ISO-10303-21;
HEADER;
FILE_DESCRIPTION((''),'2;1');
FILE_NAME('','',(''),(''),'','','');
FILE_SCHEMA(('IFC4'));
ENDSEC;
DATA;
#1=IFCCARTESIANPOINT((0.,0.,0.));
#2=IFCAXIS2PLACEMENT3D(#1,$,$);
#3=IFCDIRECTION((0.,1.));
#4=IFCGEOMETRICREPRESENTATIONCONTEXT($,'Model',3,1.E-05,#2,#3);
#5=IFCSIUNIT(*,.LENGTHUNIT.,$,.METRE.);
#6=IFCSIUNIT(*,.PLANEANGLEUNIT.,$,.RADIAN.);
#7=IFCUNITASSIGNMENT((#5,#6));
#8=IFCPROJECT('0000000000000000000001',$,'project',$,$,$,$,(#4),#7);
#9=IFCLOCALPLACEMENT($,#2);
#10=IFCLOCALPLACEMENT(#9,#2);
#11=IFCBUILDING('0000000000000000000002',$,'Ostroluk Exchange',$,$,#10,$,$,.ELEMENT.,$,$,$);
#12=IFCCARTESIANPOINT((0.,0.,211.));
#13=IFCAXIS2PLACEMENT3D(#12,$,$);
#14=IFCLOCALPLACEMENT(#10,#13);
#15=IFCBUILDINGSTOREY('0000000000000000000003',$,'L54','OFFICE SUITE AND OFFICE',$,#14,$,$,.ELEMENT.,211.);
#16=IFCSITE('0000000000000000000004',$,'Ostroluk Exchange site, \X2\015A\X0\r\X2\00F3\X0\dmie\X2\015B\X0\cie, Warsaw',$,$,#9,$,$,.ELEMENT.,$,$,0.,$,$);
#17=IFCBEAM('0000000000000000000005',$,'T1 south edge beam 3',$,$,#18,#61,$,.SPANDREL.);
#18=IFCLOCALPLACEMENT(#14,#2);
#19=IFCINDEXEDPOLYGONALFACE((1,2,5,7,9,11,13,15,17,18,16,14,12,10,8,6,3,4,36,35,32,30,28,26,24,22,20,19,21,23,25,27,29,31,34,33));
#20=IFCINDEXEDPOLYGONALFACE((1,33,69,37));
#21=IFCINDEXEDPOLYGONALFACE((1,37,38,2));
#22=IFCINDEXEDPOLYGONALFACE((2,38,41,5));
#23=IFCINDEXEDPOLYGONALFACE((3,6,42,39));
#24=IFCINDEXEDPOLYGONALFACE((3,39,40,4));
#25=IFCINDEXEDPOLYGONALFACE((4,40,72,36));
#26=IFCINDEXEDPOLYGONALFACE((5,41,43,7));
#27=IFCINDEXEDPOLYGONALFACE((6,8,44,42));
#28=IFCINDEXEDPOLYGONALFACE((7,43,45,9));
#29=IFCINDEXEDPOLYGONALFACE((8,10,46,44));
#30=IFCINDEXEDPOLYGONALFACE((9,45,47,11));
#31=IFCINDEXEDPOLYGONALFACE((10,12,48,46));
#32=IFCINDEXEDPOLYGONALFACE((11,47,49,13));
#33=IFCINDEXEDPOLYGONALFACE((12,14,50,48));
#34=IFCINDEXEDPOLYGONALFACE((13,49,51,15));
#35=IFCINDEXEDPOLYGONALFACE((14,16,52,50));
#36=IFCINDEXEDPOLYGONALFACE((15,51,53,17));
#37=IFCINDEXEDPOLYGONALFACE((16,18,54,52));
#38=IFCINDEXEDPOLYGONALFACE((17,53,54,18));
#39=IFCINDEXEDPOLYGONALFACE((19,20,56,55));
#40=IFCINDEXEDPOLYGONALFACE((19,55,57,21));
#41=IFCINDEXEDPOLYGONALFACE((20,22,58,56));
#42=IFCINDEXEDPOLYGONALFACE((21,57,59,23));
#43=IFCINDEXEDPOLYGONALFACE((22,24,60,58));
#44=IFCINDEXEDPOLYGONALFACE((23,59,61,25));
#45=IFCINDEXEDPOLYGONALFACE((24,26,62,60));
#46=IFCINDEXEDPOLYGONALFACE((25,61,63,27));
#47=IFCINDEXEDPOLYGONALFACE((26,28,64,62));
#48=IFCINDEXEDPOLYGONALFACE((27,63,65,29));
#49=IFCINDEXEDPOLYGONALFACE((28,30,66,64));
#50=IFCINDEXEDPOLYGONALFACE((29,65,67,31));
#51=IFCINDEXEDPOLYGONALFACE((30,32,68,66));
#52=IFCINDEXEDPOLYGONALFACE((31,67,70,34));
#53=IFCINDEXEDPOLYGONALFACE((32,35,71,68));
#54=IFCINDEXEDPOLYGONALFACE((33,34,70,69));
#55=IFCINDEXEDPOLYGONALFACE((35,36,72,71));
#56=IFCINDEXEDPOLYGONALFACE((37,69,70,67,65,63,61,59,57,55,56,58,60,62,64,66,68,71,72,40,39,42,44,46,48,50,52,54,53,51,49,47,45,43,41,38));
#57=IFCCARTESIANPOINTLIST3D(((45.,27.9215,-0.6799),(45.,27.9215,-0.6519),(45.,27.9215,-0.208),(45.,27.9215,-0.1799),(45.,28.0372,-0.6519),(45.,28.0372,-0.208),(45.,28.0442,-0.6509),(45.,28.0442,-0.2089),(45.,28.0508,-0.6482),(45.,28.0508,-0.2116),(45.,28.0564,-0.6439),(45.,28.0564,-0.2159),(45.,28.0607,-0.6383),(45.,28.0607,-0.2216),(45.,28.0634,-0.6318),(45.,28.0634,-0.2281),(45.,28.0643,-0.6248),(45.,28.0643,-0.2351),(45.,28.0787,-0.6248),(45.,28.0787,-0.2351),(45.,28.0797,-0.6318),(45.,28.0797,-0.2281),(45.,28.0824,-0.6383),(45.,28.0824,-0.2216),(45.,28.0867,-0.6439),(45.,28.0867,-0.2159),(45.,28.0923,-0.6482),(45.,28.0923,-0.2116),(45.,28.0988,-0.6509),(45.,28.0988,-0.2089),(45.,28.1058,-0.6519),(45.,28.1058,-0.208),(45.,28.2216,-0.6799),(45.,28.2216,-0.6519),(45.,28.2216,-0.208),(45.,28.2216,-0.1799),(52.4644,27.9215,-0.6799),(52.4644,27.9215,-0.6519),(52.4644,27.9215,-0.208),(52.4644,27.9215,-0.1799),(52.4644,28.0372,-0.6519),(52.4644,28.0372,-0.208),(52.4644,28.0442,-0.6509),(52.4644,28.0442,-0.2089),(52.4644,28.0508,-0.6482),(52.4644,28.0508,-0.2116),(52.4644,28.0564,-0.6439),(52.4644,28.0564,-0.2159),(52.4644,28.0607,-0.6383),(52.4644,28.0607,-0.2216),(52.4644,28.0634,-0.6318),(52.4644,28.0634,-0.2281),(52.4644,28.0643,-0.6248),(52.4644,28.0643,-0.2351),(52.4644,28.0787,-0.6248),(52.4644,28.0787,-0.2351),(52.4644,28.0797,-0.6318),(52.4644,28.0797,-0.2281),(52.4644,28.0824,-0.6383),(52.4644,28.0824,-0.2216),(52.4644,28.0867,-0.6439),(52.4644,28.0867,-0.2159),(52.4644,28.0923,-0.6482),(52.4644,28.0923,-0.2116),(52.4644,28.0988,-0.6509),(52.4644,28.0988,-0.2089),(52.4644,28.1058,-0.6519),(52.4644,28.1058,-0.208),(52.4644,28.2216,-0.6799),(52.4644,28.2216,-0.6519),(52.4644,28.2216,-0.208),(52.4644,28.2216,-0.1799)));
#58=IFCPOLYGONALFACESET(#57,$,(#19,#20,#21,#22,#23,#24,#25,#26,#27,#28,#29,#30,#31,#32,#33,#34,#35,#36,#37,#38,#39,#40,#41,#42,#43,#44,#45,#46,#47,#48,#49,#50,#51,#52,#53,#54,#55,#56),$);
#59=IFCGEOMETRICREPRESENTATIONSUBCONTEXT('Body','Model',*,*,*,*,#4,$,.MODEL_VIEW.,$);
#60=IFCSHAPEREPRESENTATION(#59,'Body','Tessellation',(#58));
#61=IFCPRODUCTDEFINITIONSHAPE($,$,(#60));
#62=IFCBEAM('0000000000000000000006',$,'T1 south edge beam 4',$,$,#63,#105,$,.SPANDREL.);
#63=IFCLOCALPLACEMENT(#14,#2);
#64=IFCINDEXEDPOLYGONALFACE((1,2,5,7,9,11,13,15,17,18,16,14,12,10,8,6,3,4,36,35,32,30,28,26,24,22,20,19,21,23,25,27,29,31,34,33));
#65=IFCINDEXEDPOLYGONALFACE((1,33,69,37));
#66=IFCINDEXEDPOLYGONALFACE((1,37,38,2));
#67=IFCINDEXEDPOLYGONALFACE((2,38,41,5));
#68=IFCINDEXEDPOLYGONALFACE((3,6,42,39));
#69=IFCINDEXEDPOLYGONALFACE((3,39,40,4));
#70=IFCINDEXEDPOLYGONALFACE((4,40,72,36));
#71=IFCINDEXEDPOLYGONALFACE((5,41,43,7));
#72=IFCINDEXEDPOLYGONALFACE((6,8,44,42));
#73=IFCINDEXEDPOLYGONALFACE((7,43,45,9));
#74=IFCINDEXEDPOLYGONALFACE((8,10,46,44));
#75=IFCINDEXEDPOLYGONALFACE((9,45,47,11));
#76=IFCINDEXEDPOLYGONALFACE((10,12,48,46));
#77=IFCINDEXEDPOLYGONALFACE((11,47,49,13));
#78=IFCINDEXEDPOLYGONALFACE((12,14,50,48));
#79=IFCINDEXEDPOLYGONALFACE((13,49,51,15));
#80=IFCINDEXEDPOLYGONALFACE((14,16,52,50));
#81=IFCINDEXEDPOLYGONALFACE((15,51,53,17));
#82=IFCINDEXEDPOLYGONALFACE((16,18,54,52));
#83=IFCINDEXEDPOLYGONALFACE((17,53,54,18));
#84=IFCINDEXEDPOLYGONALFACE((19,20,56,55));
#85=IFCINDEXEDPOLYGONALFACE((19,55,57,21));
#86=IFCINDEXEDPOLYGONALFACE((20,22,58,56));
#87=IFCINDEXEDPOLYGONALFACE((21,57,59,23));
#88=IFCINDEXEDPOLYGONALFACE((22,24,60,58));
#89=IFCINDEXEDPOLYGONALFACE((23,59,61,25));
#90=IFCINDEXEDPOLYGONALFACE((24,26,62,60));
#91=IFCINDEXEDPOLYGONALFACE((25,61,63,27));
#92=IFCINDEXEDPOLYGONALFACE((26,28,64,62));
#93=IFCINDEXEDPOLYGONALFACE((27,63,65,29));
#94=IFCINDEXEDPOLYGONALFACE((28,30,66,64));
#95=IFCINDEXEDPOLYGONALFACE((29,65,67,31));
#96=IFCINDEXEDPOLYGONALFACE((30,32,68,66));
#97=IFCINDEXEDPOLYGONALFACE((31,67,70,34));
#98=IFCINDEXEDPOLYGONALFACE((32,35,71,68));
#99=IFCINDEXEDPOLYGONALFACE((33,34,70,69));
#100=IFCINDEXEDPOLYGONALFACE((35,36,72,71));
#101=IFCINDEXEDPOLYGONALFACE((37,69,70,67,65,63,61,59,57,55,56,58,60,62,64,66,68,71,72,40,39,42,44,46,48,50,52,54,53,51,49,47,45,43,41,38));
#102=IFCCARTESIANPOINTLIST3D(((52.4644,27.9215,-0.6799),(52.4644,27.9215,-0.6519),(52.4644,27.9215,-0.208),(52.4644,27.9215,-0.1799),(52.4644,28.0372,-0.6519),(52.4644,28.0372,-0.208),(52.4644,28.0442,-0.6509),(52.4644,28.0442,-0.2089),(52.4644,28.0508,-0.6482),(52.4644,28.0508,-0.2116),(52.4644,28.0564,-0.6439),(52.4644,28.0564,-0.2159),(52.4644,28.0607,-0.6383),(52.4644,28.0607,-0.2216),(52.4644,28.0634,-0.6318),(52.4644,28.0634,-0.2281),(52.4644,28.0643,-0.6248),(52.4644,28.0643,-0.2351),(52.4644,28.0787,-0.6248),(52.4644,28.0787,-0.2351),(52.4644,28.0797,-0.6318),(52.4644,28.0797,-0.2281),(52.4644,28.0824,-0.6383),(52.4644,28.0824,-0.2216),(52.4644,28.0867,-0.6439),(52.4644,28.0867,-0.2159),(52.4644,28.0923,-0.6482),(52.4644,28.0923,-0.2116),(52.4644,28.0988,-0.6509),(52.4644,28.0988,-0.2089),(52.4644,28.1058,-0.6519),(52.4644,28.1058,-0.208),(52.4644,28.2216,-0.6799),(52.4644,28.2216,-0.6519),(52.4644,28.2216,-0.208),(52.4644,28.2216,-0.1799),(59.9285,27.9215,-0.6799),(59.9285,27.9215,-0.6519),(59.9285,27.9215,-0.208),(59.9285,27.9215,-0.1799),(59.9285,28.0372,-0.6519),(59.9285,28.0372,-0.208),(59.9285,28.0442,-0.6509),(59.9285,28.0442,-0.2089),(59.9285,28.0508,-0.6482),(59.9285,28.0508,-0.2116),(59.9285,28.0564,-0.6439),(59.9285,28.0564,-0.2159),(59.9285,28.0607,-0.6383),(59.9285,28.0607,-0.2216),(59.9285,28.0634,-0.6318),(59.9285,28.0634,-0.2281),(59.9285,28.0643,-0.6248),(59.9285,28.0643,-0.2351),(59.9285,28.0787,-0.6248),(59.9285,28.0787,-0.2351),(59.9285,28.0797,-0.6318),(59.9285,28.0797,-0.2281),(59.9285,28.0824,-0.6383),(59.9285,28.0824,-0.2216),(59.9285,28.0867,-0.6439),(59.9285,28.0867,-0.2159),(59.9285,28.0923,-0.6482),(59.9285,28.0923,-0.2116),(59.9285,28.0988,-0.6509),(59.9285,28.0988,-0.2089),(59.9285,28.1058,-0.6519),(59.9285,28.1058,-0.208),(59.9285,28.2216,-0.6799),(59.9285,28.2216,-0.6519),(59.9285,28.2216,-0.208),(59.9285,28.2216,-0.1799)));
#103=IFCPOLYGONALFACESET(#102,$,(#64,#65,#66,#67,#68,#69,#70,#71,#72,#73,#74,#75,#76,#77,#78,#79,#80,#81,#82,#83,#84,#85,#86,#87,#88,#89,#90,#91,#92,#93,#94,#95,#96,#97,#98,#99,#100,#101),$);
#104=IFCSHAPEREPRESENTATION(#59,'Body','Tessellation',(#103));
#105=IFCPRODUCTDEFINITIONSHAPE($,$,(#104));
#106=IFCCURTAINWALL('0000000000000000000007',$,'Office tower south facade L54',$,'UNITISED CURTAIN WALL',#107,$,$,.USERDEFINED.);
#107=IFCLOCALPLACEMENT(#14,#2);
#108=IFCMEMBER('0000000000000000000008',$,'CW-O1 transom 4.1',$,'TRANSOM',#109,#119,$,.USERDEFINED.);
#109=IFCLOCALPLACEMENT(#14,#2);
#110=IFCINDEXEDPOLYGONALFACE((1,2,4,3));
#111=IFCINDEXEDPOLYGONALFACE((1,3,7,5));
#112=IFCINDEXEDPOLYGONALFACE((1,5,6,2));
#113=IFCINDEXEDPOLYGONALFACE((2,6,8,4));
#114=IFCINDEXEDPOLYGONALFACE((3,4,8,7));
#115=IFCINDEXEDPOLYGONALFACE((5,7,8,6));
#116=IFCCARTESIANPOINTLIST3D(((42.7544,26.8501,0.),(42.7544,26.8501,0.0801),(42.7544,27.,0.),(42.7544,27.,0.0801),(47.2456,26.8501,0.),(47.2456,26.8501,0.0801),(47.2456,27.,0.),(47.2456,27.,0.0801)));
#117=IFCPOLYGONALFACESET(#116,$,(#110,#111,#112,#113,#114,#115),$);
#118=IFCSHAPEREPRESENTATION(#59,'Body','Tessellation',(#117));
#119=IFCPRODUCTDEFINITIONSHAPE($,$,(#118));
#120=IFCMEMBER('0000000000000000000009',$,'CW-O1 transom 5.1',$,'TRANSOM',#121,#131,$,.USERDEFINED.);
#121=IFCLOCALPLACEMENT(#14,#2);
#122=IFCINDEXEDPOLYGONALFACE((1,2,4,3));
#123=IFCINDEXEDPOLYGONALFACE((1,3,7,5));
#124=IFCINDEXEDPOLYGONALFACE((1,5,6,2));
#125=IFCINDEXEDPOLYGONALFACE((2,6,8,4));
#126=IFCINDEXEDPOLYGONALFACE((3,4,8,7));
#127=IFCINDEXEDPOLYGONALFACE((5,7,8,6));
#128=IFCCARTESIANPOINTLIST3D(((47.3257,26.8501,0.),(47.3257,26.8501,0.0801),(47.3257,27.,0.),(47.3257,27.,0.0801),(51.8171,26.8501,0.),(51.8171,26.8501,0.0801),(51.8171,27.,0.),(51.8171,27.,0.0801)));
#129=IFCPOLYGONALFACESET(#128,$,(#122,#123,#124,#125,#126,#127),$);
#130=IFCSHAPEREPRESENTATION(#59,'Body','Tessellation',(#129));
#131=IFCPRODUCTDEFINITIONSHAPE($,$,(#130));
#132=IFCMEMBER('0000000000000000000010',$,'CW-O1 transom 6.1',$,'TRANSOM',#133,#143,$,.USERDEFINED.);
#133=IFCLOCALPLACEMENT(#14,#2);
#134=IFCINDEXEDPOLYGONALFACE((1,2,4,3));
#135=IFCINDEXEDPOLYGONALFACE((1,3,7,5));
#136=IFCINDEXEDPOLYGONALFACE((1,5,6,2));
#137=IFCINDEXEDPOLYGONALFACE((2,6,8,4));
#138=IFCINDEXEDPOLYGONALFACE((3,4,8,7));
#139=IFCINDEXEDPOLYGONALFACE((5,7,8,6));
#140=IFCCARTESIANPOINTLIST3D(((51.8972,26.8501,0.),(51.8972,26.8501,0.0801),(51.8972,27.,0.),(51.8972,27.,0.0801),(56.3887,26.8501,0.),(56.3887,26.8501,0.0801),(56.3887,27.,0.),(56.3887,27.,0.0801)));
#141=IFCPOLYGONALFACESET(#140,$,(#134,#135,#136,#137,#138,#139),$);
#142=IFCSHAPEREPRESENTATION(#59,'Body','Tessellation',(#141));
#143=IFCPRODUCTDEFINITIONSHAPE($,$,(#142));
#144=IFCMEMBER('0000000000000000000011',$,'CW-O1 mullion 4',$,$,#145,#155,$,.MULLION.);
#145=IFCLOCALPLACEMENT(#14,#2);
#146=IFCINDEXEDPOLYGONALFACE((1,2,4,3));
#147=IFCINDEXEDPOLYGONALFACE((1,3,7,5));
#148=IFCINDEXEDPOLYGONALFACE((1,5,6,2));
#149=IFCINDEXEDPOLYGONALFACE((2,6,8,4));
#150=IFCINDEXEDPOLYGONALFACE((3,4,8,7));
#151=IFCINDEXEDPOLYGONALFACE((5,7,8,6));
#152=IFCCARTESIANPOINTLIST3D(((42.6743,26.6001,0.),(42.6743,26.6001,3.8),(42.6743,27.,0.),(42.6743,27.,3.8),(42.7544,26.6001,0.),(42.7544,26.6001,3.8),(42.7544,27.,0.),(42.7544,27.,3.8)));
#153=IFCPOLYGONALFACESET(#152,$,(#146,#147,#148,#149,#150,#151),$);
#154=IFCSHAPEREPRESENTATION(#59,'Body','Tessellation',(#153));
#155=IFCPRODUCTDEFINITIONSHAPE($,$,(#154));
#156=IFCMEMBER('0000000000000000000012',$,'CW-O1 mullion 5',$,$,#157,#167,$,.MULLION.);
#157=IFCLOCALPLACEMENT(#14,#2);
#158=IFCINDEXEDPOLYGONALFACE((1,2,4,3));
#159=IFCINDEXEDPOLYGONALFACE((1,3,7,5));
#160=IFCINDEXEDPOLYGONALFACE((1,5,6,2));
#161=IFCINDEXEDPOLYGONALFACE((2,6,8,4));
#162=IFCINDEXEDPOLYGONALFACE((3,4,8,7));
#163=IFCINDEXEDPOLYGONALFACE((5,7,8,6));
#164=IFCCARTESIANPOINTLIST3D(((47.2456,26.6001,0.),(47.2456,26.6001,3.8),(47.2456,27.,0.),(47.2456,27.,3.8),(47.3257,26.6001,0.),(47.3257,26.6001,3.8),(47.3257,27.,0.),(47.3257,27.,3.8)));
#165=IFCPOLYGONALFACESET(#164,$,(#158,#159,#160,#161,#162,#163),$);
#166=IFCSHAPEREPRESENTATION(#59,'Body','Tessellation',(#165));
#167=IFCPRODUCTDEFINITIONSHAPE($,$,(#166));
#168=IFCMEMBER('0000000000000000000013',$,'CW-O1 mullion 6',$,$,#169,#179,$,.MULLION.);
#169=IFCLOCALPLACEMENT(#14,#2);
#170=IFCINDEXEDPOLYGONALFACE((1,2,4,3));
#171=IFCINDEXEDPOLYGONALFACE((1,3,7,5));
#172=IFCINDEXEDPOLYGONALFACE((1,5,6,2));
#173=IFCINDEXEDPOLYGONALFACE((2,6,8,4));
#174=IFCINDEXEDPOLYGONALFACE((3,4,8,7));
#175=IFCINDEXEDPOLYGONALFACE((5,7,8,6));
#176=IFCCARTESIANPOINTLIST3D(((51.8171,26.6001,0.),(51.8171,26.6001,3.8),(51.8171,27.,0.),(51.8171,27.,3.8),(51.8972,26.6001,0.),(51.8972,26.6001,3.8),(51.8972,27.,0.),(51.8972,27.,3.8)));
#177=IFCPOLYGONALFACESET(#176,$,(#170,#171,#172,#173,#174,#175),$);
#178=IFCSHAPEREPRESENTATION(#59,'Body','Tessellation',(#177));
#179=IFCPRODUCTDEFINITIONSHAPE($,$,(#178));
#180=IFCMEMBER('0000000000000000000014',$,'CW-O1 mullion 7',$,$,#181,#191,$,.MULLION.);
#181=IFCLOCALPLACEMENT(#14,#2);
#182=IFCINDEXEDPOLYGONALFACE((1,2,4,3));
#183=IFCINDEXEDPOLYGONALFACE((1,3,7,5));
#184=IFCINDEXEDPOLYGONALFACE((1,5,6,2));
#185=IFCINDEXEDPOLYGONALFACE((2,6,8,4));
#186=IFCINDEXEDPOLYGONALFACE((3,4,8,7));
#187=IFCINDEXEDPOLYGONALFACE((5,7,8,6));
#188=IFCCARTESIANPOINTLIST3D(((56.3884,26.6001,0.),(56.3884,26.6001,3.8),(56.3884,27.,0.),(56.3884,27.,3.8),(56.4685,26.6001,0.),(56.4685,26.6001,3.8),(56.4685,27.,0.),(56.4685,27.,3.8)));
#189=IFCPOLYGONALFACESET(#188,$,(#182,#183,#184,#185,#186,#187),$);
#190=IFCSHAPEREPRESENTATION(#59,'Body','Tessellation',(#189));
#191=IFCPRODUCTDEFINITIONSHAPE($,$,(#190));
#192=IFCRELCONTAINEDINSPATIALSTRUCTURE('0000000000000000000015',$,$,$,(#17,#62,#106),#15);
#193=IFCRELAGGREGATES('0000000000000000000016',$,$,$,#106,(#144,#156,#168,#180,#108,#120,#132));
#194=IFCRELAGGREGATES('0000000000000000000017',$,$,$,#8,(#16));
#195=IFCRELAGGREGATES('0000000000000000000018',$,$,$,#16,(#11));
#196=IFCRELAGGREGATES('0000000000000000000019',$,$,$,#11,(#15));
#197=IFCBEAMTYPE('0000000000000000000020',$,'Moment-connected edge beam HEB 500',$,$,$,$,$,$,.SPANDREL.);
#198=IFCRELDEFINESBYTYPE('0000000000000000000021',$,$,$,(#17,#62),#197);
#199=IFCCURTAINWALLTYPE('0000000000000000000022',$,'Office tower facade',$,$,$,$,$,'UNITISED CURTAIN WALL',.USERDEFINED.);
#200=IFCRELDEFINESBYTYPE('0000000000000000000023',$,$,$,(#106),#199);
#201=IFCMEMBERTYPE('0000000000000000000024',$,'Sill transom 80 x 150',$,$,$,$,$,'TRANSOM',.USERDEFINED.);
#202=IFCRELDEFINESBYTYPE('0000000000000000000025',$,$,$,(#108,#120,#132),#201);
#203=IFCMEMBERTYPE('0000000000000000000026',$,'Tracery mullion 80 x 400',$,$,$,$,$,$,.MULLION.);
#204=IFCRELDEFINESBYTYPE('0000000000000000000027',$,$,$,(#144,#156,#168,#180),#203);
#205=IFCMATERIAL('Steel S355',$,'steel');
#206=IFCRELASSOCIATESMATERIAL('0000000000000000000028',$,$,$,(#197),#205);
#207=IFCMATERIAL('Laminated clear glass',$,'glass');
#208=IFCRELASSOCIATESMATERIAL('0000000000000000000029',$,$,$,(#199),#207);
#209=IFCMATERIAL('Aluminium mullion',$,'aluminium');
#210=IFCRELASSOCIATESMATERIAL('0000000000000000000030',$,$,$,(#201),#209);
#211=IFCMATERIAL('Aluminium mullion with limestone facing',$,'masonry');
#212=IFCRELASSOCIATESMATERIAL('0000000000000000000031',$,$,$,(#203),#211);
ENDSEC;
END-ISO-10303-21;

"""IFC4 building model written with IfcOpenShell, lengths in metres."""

from ifc_helpers import new_model, si_unit, direction, frame, origin, origin_2d, place, context, subcontext, project, spatial, rectangle, i_section, extrude, material, material_profile, profile_set, type_object, element, aggregate, save


model = new_model("IFC4")

# Units and contexts
model_context = context("Model", 3, precision=1e-05, world=origin(), true_north=direction((0.0, 1.0)))
body_context = subcontext(model_context, "Body", "Model", "MODEL_VIEW")
ifc_project = project(units=[si_unit("LENGTHUNIT", "METRE"), si_unit("PLANEANGLEUNIT", "RADIAN")], contexts=[model_context])

# Site, building, storey
site_placement = place(None, origin())
site = spatial("IfcSite", under=ifc_project, at=site_placement, Name="Ostroluk Exchange site, Śródmieście, Warsaw", CompositionType="ELEMENT", RefElevation=0.0)
building_placement = place(site_placement, origin())
building = spatial("IfcBuilding", under=site, at=building_placement, Name="Ostroluk Exchange", CompositionType="ELEMENT")
storey_placement = place(building_placement, frame((0.0, 0.0, 211.0)))
storey = spatial("IfcBuildingStorey", under=building, at=storey_placement, Name="L54", Description="OFFICE SUITE AND OFFICE", CompositionType="ELEMENT", Elevation=211.0)

# Beams
ifc_material_1 = material(Name="Steel S355", Category="steel")
ifc_material_profile_1 = material_profile(ifc_material_1, i_section(OverallWidth=0.3, OverallDepth=0.5, WebThickness=0.0144, FlangeThickness=0.0281, FilletRadius=0.0271, at=origin_2d()), Name="HEB 500")
ifc_profile_set_1 = profile_set([ifc_material_profile_1], Name="Steel S355")
beam_type_1 = type_object("IfcBeamType", Name="Moment-connected edge beam HEB 500", PredefinedType="SPANDREL", material=ifc_profile_set_1)
beam_1_placement = place(storey_placement, frame((45.0, 28.0715, -0.4299), z_axis=(1.0, 0.0, 0.0), x_axis=(0.0, 1.0, 0.0)))
element("IfcBeam", 1, at=beam_1_placement, inside=storey, type_object=beam_type_1, Name="T1 south edge beam 3", PredefinedType="SPANDREL", context=body_context, shape_type="SweptSolid", body=[
    extrude(i_section(OverallWidth=0.3, OverallDepth=0.5, WebThickness=0.0144, FlangeThickness=0.0281, FilletRadius=0.0271, at=origin_2d()), origin(), (0.0, 0.0, 1.0), 7.4644),
])
beam_2_placement = place(storey_placement, frame((52.4644, 28.0715, -0.4299), z_axis=(1.0, 0.0, 0.0), x_axis=(0.0, 1.0, 0.0)))
element("IfcBeam", 2, at=beam_2_placement, inside=storey, type_object=beam_type_1, Name="T1 south edge beam 4", PredefinedType="SPANDREL", context=body_context, shape_type="SweptSolid", body=[
    extrude(i_section(OverallWidth=0.3, OverallDepth=0.5, WebThickness=0.0144, FlangeThickness=0.0281, FilletRadius=0.0271, at=origin_2d()), origin(), (0.0, 0.0, 1.0), 7.4641),
])

# Curtain wall, members
ifc_material_2 = material(Name="Laminated clear glass", Category="glass")
curtain_wall_type = type_object("IfcCurtainWallType", Name="Office tower facade", ElementType="UNITISED CURTAIN WALL", PredefinedType="USERDEFINED", material=ifc_material_2)
curtain_wall_placement = place(storey_placement, origin())
curtain_wall = element("IfcCurtainWall", 3, at=curtain_wall_placement, inside=storey, type_object=curtain_wall_type, Name="Office tower south facade L54", ObjectType="UNITISED CURTAIN WALL", PredefinedType="USERDEFINED")
ifc_material_3 = material(Name="Aluminium mullion", Category="aluminium")
ifc_material_profile_2 = material_profile(ifc_material_3, rectangle(XDim=0.1499, YDim=0.0801, at=origin_2d()), Name="Sill transom 80 x 150")
ifc_profile_set_2 = profile_set([ifc_material_profile_2], Name="Aluminium mullion")
member_type_1 = type_object("IfcMemberType", Name="Sill transom 80 x 150", ElementType="TRANSOM", PredefinedType="USERDEFINED", material=ifc_profile_set_2)
member_1_placement = place(storey_placement, frame((42.7544, 26.925, 0.04), z_axis=(1.0, 0.0, 0.0), x_axis=(0.0, 1.0, 0.0)))
member_1 = element("IfcMember", 4, at=member_1_placement, type_object=member_type_1, Name="CW-O1 transom 4.1", ObjectType="TRANSOM", PredefinedType="USERDEFINED", context=body_context, shape_type="SweptSolid", body=[
    extrude(rectangle(XDim=0.1499, YDim=0.0801, at=origin_2d()), origin(), (0.0, 0.0, 1.0), 4.4912),
])
member_2_placement = place(storey_placement, frame((47.3257, 26.925, 0.04), z_axis=(1.0, 0.0, 0.0), x_axis=(0.0, 1.0, 0.0)))
member_2 = element("IfcMember", 5, at=member_2_placement, type_object=member_type_1, Name="CW-O1 transom 5.1", ObjectType="TRANSOM", PredefinedType="USERDEFINED", context=body_context, shape_type="SweptSolid", body=[
    extrude(rectangle(XDim=0.1499, YDim=0.0801, at=origin_2d()), origin(), (0.0, 0.0, 1.0), 4.4915),
])
member_3_placement = place(storey_placement, frame((51.8972, 26.925, 0.04), z_axis=(1.0, 0.0, 0.0), x_axis=(0.0, 1.0, 0.0)))
member_3 = element("IfcMember", 6, at=member_3_placement, type_object=member_type_1, Name="CW-O1 transom 6.1", ObjectType="TRANSOM", PredefinedType="USERDEFINED", context=body_context, shape_type="SweptSolid", body=[
    extrude(rectangle(XDim=0.1499, YDim=0.0801, at=origin_2d()), origin(), (0.0, 0.0, 1.0), 4.4915),
])
ifc_material_4 = material(Name="Aluminium mullion with limestone facing", Category="masonry")
ifc_material_profile_3 = material_profile(ifc_material_4, rectangle(XDim=0.3999, YDim=0.0801, at=origin_2d()), Name="Tracery mullion 80 x 400")
ifc_profile_set_3 = profile_set([ifc_material_profile_3], Name="Aluminium mullion with limestone facing")
member_type_2 = type_object("IfcMemberType", Name="Tracery mullion 80 x 400", PredefinedType="MULLION", material=ifc_profile_set_3)
member_4_placement = place(storey_placement, frame((42.7144, 26.8, 0.0), z_axis=(0.0, 0.0, 1.0), x_axis=(0.0, 1.0, 0.0)))
member_4 = element("IfcMember", 7, at=member_4_placement, type_object=member_type_2, Name="CW-O1 mullion 4", PredefinedType="MULLION", context=body_context, shape_type="SweptSolid", body=[
    extrude(rectangle(XDim=0.3999, YDim=0.0801, at=origin_2d()), origin(), (0.0, 0.0, 1.0), 3.8),
])
member_5_placement = place(storey_placement, frame((47.2856, 26.8, 0.0), z_axis=(0.0, 0.0, 1.0), x_axis=(0.0, 1.0, 0.0)))
member_5 = element("IfcMember", 8, at=member_5_placement, type_object=member_type_2, Name="CW-O1 mullion 5", PredefinedType="MULLION", context=body_context, shape_type="SweptSolid", body=[
    extrude(rectangle(XDim=0.3999, YDim=0.0801, at=origin_2d()), origin(), (0.0, 0.0, 1.0), 3.8),
])
member_6_placement = place(storey_placement, frame((51.8572, 26.8, 0.0), z_axis=(0.0, 0.0, 1.0), x_axis=(0.0, 1.0, 0.0)))
member_6 = element("IfcMember", 9, at=member_6_placement, type_object=member_type_2, Name="CW-O1 mullion 6", PredefinedType="MULLION", context=body_context, shape_type="SweptSolid", body=[
    extrude(rectangle(XDim=0.3999, YDim=0.0801, at=origin_2d()), origin(), (0.0, 0.0, 1.0), 3.8),
])
member_7_placement = place(storey_placement, frame((56.4285, 26.8, 0.0), z_axis=(0.0, 0.0, 1.0), x_axis=(0.0, 1.0, 0.0)))
member_7 = element("IfcMember", 10, at=member_7_placement, type_object=member_type_2, Name="CW-O1 mullion 7", PredefinedType="MULLION", context=body_context, shape_type="SweptSolid", body=[
    extrude(rectangle(XDim=0.3999, YDim=0.0801, at=origin_2d()), origin(), (0.0, 0.0, 1.0), 3.8),
])
aggregate(curtain_wall, [member_4, member_5, member_6, member_7, member_1, member_2, member_3])

save(model, "model.ifc")
